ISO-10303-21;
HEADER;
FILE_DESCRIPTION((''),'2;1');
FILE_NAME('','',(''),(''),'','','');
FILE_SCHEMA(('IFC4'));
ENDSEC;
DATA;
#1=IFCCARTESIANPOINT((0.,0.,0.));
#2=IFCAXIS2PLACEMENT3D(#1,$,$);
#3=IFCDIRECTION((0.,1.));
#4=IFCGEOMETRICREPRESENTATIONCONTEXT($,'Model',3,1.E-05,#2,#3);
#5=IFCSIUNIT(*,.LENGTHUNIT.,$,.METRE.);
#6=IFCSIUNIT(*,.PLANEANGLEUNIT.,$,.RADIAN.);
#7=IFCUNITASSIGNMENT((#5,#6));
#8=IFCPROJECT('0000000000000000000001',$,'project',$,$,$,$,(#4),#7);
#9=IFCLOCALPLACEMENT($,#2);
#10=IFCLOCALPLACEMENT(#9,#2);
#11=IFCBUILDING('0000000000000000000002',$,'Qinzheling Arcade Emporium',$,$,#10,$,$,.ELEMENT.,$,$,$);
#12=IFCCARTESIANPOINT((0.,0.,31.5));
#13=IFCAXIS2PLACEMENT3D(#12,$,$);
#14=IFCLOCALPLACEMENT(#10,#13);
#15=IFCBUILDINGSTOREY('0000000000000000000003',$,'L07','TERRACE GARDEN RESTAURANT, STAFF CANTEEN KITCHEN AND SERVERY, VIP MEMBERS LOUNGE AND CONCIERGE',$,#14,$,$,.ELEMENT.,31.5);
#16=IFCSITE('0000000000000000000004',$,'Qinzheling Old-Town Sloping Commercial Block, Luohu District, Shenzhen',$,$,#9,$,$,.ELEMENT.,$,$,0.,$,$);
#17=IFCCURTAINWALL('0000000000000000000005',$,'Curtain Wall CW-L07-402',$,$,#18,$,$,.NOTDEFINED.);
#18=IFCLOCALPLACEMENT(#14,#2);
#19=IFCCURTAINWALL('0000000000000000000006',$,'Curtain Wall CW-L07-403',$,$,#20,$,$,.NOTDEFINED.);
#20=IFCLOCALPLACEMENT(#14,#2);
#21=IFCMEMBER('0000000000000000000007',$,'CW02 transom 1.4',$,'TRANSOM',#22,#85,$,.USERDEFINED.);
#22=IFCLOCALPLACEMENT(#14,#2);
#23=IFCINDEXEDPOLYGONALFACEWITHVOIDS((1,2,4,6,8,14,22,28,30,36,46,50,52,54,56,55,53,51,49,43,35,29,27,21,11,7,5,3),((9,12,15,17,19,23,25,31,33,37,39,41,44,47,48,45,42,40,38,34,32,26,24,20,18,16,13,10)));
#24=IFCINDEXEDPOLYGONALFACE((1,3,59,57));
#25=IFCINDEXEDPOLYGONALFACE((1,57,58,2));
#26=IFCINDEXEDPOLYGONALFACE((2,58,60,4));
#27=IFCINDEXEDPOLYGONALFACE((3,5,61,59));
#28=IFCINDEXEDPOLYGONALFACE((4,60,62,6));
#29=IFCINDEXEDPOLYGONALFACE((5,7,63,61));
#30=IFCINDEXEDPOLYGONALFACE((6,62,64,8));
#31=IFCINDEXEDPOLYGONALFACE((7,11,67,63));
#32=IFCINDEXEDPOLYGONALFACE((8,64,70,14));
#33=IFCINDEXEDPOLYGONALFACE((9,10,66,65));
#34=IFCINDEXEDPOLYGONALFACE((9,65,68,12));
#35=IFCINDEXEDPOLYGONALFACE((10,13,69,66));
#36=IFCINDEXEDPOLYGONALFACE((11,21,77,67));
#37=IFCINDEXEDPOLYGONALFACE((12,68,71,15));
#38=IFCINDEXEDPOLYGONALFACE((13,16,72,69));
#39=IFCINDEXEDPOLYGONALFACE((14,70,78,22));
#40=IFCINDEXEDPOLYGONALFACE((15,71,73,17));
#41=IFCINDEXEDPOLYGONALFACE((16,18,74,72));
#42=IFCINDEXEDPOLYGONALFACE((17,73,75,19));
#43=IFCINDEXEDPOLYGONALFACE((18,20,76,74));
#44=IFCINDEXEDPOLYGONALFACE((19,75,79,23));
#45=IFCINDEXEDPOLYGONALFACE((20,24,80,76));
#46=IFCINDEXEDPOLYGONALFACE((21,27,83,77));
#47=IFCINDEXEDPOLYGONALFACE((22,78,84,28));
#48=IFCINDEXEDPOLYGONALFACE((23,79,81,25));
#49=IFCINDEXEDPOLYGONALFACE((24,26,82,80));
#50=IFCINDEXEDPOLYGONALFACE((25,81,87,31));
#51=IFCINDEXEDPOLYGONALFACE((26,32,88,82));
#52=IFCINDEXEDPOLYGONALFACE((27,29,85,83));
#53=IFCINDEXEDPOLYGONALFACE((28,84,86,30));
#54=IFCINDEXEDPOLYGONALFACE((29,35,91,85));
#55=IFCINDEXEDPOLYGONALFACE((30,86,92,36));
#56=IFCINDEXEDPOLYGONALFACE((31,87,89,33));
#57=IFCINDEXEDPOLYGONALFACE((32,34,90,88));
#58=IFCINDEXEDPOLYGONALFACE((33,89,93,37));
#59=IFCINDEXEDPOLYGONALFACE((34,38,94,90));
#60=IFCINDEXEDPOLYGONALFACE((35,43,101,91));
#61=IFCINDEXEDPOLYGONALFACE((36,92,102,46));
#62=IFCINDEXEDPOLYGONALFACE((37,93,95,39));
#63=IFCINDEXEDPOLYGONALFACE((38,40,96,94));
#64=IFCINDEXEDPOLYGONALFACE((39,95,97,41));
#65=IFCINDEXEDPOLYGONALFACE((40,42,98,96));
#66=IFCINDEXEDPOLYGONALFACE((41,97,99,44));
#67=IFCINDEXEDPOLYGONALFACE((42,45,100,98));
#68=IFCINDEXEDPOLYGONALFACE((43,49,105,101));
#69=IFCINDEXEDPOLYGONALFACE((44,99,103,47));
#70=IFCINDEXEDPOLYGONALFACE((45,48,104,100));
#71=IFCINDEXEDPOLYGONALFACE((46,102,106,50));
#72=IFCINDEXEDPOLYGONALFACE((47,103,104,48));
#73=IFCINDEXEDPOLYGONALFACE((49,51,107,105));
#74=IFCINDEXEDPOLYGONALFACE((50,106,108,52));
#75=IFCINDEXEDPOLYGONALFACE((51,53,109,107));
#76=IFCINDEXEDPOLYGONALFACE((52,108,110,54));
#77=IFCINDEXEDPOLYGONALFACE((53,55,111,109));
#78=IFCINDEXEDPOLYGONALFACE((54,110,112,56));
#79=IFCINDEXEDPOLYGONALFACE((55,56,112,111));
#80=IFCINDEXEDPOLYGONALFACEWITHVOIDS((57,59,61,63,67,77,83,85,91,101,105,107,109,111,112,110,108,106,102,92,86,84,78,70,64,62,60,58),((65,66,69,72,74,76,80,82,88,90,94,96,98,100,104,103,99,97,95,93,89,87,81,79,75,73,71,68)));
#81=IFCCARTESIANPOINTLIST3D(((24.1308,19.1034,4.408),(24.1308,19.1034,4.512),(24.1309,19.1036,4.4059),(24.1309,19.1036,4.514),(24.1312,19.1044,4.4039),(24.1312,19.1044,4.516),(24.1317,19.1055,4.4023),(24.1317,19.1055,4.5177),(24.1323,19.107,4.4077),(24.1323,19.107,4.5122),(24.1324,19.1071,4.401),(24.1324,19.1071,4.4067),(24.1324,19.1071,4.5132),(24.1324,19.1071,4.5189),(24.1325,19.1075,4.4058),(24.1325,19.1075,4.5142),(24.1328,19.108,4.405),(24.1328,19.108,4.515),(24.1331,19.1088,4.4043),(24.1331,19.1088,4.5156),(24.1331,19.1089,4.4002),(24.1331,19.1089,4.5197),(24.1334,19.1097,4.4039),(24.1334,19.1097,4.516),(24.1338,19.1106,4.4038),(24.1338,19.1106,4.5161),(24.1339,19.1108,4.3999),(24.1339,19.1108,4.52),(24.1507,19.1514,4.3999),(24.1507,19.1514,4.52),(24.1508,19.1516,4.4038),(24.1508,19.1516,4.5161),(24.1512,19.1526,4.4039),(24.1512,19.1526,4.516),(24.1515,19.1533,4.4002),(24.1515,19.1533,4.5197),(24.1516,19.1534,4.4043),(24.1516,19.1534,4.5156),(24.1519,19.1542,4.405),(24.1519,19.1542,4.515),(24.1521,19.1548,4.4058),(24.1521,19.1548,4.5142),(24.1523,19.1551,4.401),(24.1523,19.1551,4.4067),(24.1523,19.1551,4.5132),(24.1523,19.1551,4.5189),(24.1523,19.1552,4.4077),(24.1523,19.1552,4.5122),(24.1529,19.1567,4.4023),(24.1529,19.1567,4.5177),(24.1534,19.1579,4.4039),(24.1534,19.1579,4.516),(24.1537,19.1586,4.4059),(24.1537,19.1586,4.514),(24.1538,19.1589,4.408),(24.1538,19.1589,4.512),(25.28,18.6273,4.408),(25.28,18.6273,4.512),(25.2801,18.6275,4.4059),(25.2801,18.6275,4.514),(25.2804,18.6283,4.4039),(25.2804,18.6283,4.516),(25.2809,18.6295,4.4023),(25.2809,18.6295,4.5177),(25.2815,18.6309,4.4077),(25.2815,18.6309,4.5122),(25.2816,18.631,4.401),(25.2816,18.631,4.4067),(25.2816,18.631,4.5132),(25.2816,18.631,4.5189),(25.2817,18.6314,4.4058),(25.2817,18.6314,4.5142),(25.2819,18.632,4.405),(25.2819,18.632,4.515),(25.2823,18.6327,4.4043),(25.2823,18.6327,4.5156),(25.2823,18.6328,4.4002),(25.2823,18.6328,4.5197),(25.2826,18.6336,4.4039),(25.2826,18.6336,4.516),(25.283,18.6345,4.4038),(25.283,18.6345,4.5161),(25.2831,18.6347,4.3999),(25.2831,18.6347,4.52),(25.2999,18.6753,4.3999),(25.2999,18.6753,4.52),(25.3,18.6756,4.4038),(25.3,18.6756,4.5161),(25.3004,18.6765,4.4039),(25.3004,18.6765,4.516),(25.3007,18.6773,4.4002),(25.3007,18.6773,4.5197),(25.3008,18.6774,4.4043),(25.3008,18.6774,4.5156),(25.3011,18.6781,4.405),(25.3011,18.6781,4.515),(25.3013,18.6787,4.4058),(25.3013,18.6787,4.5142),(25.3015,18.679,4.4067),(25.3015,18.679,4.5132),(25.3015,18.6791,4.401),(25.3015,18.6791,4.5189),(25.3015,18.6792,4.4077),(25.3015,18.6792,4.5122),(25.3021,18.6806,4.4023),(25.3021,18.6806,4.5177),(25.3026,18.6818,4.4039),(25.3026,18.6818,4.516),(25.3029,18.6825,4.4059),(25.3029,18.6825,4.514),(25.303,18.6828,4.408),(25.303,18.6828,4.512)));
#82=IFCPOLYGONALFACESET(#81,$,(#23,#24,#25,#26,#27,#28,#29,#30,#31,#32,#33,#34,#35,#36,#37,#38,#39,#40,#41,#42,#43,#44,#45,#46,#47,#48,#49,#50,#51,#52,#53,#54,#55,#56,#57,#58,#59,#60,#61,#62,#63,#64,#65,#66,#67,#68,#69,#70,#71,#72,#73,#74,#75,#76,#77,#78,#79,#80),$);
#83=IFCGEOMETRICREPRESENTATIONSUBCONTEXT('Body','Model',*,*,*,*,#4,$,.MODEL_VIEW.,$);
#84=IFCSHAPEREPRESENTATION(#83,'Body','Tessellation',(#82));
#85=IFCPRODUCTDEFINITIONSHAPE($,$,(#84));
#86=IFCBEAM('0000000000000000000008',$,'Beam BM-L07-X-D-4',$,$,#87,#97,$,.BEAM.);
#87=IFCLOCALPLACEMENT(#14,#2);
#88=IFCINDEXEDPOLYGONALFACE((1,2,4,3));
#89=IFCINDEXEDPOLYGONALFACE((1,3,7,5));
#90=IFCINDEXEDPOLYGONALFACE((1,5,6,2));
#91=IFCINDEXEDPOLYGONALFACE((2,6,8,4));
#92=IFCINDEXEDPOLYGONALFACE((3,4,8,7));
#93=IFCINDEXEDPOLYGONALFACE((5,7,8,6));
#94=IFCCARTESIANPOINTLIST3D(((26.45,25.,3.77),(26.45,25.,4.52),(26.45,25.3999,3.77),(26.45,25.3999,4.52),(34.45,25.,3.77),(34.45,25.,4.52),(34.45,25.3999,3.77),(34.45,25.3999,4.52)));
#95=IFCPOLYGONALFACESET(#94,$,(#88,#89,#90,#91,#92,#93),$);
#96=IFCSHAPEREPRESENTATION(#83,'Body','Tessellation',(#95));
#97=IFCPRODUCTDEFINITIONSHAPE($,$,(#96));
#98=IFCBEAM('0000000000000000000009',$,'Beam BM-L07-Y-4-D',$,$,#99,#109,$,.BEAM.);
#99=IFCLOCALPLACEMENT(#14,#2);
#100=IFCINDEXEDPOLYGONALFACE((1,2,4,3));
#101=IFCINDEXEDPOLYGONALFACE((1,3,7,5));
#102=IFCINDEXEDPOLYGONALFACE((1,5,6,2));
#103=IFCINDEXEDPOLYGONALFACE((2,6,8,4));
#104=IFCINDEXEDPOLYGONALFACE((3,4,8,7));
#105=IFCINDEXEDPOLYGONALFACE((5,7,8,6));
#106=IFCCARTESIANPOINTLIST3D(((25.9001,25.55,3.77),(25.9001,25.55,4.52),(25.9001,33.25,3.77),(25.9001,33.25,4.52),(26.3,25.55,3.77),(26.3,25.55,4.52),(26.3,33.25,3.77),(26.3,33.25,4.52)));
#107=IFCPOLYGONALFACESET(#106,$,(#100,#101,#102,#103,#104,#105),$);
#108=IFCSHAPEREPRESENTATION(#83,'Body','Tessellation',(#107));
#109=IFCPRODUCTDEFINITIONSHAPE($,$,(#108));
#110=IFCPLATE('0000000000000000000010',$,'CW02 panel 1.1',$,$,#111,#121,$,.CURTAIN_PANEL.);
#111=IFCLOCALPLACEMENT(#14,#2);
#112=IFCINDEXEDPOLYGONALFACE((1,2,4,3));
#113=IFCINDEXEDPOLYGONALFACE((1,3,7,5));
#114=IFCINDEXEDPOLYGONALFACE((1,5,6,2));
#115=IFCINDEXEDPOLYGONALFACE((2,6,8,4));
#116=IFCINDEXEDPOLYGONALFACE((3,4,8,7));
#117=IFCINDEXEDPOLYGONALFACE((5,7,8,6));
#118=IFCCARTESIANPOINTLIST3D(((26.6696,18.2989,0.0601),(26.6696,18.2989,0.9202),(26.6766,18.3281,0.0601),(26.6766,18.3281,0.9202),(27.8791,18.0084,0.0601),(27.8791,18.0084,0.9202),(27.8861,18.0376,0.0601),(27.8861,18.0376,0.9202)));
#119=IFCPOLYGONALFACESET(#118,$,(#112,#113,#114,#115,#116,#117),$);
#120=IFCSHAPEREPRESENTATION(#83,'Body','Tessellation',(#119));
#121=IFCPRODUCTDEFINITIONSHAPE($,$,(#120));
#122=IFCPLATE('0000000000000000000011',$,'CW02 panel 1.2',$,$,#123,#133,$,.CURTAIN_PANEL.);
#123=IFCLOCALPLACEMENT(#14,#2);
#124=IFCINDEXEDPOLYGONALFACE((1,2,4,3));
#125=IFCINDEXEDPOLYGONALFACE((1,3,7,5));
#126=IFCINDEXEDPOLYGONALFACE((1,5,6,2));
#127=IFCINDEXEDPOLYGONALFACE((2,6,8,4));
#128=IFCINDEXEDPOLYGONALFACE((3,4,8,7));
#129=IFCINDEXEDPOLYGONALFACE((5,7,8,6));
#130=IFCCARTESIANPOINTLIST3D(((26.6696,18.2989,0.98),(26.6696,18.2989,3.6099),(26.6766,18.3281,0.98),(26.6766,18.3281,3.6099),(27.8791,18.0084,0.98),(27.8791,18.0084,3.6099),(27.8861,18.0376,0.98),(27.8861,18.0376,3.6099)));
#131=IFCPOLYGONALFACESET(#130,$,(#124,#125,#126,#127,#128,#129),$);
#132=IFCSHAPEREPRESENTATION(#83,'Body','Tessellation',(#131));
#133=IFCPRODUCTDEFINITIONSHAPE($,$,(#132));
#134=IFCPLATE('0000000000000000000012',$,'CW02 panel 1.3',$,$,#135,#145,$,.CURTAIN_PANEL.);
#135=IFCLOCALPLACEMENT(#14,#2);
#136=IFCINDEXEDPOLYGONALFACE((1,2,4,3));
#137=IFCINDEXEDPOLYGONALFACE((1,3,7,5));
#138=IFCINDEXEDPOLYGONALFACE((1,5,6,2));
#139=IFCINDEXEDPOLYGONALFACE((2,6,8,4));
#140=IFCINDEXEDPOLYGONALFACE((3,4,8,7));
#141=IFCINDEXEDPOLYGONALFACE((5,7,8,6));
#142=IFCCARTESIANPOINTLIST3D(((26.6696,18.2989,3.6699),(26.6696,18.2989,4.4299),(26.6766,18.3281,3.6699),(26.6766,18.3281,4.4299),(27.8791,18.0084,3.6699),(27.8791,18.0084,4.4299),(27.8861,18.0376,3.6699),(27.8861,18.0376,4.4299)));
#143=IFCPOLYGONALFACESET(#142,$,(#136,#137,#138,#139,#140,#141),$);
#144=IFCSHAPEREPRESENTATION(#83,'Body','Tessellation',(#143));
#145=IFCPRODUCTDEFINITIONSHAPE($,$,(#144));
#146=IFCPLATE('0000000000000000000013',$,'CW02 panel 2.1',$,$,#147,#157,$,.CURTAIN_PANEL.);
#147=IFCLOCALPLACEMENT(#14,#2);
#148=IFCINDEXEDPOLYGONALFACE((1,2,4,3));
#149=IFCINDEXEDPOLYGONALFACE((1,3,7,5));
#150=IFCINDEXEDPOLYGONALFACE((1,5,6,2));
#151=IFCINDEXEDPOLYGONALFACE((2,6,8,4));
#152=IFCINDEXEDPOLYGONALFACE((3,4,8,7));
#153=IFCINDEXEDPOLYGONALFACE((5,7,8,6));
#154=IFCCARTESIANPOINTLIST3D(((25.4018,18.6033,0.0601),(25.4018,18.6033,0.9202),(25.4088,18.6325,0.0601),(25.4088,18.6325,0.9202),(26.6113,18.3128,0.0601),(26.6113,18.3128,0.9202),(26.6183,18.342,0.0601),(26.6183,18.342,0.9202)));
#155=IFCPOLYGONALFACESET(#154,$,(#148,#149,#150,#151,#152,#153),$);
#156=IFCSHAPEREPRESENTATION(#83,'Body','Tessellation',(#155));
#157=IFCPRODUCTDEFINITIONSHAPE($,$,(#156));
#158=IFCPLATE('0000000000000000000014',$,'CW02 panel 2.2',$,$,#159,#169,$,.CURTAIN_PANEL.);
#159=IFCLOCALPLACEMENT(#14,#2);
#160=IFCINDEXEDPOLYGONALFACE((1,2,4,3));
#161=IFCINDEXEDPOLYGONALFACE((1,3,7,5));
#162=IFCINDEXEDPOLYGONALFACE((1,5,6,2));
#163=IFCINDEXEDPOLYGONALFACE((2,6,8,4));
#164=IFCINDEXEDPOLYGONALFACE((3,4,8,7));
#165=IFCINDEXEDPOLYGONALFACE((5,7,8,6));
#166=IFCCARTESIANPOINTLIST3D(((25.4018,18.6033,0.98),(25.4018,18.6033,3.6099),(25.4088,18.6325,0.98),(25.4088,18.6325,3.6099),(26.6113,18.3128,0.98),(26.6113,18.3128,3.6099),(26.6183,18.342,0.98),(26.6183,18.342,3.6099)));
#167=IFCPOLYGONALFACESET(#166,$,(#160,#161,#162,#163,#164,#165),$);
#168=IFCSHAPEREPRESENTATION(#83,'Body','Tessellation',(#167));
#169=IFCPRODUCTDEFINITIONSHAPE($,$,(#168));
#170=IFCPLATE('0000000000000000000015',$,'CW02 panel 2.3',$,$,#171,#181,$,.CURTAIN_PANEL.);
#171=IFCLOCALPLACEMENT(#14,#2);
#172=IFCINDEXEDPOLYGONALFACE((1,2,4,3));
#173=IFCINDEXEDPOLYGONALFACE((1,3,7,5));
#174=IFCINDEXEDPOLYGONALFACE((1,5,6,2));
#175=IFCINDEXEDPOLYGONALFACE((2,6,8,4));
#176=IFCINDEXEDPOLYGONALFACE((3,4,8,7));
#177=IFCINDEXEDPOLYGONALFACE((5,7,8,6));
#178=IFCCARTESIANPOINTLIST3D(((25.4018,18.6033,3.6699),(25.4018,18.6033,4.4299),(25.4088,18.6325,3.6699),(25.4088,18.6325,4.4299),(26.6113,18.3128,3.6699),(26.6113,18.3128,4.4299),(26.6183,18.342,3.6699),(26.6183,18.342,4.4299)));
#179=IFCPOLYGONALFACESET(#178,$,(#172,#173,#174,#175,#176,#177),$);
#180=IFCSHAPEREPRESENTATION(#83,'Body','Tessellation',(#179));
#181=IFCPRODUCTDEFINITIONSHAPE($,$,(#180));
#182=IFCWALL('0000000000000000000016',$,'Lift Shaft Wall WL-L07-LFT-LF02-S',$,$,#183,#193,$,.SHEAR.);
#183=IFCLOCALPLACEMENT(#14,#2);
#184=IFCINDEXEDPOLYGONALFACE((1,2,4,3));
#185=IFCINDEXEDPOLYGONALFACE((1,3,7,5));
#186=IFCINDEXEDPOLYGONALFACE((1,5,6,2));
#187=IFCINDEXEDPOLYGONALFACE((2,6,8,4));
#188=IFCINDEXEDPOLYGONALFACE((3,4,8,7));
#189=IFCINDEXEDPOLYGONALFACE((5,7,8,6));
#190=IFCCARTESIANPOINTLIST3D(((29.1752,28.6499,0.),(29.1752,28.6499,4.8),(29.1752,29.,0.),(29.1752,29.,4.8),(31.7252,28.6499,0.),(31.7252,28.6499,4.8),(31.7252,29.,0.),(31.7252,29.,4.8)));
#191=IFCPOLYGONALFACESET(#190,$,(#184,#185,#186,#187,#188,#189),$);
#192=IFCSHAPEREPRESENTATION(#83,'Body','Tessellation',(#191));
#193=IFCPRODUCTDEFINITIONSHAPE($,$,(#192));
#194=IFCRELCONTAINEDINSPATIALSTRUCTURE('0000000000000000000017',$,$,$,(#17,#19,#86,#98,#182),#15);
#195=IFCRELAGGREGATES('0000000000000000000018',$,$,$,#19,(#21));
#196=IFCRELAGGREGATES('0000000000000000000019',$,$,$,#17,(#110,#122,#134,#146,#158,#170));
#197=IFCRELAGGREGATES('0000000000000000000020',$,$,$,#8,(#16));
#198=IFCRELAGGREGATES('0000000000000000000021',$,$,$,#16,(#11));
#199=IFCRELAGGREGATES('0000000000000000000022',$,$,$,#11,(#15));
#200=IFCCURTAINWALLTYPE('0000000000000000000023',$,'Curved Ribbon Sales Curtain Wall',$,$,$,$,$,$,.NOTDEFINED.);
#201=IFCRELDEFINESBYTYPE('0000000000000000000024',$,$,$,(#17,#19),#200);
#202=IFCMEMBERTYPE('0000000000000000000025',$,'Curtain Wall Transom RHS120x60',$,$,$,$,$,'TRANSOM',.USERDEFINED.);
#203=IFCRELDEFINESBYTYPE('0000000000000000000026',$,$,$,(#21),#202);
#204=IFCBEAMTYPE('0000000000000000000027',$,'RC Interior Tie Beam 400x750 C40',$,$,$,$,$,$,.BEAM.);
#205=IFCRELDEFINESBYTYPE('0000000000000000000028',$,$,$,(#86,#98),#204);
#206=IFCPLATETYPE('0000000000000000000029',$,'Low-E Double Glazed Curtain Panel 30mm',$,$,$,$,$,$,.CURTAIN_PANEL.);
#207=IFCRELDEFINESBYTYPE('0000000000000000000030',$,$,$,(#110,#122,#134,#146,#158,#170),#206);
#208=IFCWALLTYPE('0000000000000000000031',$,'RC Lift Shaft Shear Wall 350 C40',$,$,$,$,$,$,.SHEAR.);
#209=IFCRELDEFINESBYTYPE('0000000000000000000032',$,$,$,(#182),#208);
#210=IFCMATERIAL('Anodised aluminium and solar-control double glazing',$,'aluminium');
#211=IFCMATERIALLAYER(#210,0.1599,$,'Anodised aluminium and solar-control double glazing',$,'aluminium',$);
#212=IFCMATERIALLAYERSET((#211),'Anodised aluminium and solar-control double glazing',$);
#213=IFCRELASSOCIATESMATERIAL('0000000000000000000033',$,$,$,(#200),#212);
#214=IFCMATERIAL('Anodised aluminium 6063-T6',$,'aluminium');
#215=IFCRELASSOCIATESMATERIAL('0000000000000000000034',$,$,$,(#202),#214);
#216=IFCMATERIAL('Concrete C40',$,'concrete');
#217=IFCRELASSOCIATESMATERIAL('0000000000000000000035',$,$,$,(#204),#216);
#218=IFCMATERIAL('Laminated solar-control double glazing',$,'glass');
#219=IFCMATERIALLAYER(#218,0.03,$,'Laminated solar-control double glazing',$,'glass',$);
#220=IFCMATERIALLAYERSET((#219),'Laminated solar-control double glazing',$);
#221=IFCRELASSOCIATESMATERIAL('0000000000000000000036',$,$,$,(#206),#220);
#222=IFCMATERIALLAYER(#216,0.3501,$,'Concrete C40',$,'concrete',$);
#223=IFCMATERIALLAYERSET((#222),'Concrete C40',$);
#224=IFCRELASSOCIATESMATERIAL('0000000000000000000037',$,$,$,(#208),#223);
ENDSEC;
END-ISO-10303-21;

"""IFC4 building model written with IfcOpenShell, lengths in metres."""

from ifc_helpers import new_model, si_unit, direction, frame, frame_2d, origin, origin_2d, place, context, subcontext, project, spatial, rectangle, hollow_rectangle, extrude, material, layer, layer_set, material_profile, profile_set, type_object, element, aggregate, save


model = new_model("IFC4")

# Units and contexts
model_context = context("Model", 3, precision=1e-05, world=origin(), true_north=direction((0.0, 1.0)))
body_context = subcontext(model_context, "Body", "Model", "MODEL_VIEW")
ifc_project = project(units=[si_unit("LENGTHUNIT", "METRE"), si_unit("PLANEANGLEUNIT", "RADIAN")], contexts=[model_context])

# Site, building, storey
site_placement = place(None, origin())
site = spatial("IfcSite", under=ifc_project, at=site_placement, Name="Qinzheling Old-Town Sloping Commercial Block, Luohu District, Shenzhen", CompositionType="ELEMENT", RefElevation=0.0)
building_placement = place(site_placement, origin())
building = spatial("IfcBuilding", under=site, at=building_placement, Name="Qinzheling Arcade Emporium", CompositionType="ELEMENT")
storey_placement = place(building_placement, frame((0.0, 0.0, 31.5)))
storey = spatial("IfcBuildingStorey", under=building, at=storey_placement, Name="L07", Description="TERRACE GARDEN RESTAURANT, STAFF CANTEEN KITCHEN AND SERVERY, VIP MEMBERS LOUNGE AND CONCIERGE", CompositionType="ELEMENT", Elevation=31.5)

# Shared definitions
ifc_material_1 = material(Name="Concrete C40", Category="concrete")

# Curtain wall
ifc_material_2 = material(Name="Anodised aluminium and solar-control double glazing", Category="aluminium")
ifc_layer_1 = layer(ifc_material_2, 0.1599, Name="Anodised aluminium and solar-control double glazing", Category="aluminium")
ifc_layer_set_1 = layer_set([ifc_layer_1], Name="Anodised aluminium and solar-control double glazing")
curtain_wall_type = type_object("IfcCurtainWallType", Name="Curved Ribbon Sales Curtain Wall", PredefinedType="NOTDEFINED", material=ifc_layer_set_1)
curtain_wall_1_placement = place(storey_placement, origin())
curtain_wall_1 = element("IfcCurtainWall", 1, at=curtain_wall_1_placement, inside=storey, type_object=curtain_wall_type, Name="Curtain Wall CW-L07-402", PredefinedType="NOTDEFINED")
ifc_material_3 = material(Name="Anodised aluminium 6063-T6", Category="aluminium")

# Curtain wall
curtain_wall_2_placement = place(storey_placement, origin())
curtain_wall_2 = element("IfcCurtainWall", 2, at=curtain_wall_2_placement, inside=storey, type_object=curtain_wall_type, Name="Curtain Wall CW-L07-403", PredefinedType="NOTDEFINED")

# Member
ifc_material_profile_1 = material_profile(ifc_material_3, hollow_rectangle(XDim=0.0601, YDim=0.1201, WallThickness=0.0039, InnerFilletRadius=0.0039, OuterFilletRadius=0.0081, at=origin_2d()), Name="RHS 120x60x4", Category="aluminium")
ifc_profile_set_1 = profile_set([ifc_material_profile_1], Name="Anodised aluminium 6063-T6")
member_type_1 = type_object("IfcMemberType", Name="Curtain Wall Transom RHS120x60", ElementType="TRANSOM", PredefinedType="USERDEFINED", material=ifc_profile_set_1)
member_1_placement = place(storey_placement, frame((25.2915, 18.655, 4.46), z_axis=(-0.923859, 0.382733, 0.0), x_axis=(-0.382733, -0.923859, 0.0)))
member_1 = element("IfcMember", 3, at=member_1_placement, type_object=member_type_1, Name="CW02 transom 1.4", ObjectType="TRANSOM", PredefinedType="USERDEFINED", context=body_context, shape_type="SweptSolid", body=[
    extrude(hollow_rectangle(XDim=0.0601, YDim=0.1201, WallThickness=0.0039, InnerFilletRadius=0.0039, OuterFilletRadius=0.0081, at=origin_2d()), origin(), (0.0, 0.0, 1.0), 1.2439),
])
aggregate(curtain_wall_2, [member_1])

# Beams
ifc_material_profile_2 = material_profile(ifc_material_1, rectangle(XDim=0.3999, YDim=0.75, at=origin_2d()), Name="RC 400x750", Category="concrete")
ifc_profile_set_2 = profile_set([ifc_material_profile_2], Name="Concrete C40")
beam_type = type_object("IfcBeamType", Name="RC Interior Tie Beam 400x750 C40", PredefinedType="BEAM", material=ifc_profile_set_2)
beam_1_placement = place(storey_placement, frame((26.45, 25.2, 4.145), z_axis=(1.0, 0.0, 0.0), x_axis=(0.0, 1.0, 0.0)))
element("IfcBeam", 4, at=beam_1_placement, inside=storey, type_object=beam_type, Name="Beam BM-L07-X-D-4", PredefinedType="BEAM", context=body_context, shape_type="SweptSolid", body=[
    extrude(rectangle(XDim=0.3999, YDim=0.75, at=origin_2d()), origin(), (0.0, 0.0, 1.0), 8.0),
])
beam_2_placement = place(storey_placement, frame((26.1001, 25.55, 4.145), z_axis=(0.0, 1.0, 0.0), x_axis=(-1.0, 0.0, 0.0)))
element("IfcBeam", 5, at=beam_2_placement, inside=storey, type_object=beam_type, Name="Beam BM-L07-Y-4-D", PredefinedType="BEAM", context=body_context, shape_type="SweptSolid", body=[
    extrude(rectangle(XDim=0.3999, YDim=0.75, at=origin_2d()), origin(), (0.0, 0.0, 1.0), 7.7),
])

# Plates
ifc_material_4 = material(Name="Laminated solar-control double glazing", Category="glass")
ifc_layer_2 = layer(ifc_material_4, 0.03, Name="Laminated solar-control double glazing", Category="glass")
ifc_layer_set_2 = layer_set([ifc_layer_2], Name="Laminated solar-control double glazing")
plate_type = type_object("IfcPlateType", Name="Low-E Double Glazed Curtain Panel 30mm", PredefinedType="CURTAIN_PANEL", material=ifc_layer_set_2)
plate_1_placement = place(storey_placement, frame((27.2778, 18.1682, 0.0601), z_axis=(0.0, 0.0, 1.0), x_axis=(-0.97235, 0.233529, 0.0)))
plate_1 = element("IfcPlate", 6, at=plate_1_placement, type_object=plate_type, Name="CW02 panel 1.1", PredefinedType="CURTAIN_PANEL", context=body_context, shape_type="SweptSolid", body=[
    extrude(rectangle(XDim=1.2439, YDim=0.03, at=origin_2d()), origin(), (0.0, 0.0, 1.0), 0.8601),
])
plate_2_placement = place(storey_placement, frame((27.2778, 18.1682, 0.98), z_axis=(0.0, 0.0, 1.0), x_axis=(-0.97235, 0.233529, 0.0)))
plate_2 = element("IfcPlate", 7, at=plate_2_placement, type_object=plate_type, Name="CW02 panel 1.2", PredefinedType="CURTAIN_PANEL", context=body_context, shape_type="SweptSolid", body=[
    extrude(rectangle(XDim=1.2439, YDim=0.03, at=origin_2d()), origin(), (0.0, 0.0, 1.0), 2.6299),
])
plate_3_placement = place(storey_placement, frame((27.2778, 18.1682, 3.6699), z_axis=(0.0, 0.0, 1.0), x_axis=(-0.97235, 0.233529, 0.0)))
plate_3 = element("IfcPlate", 8, at=plate_3_placement, type_object=plate_type, Name="CW02 panel 1.3", PredefinedType="CURTAIN_PANEL", context=body_context, shape_type="SweptSolid", body=[
    extrude(rectangle(XDim=1.2439, YDim=0.03, at=origin_2d()), origin(), (0.0, 0.0, 1.0), 0.76),
])
plate_4_placement = place(storey_placement, frame((26.01, 18.4727, 0.0601), z_axis=(0.0, 0.0, 1.0), x_axis=(-0.97235, 0.233529, 0.0)))
plate_4 = element("IfcPlate", 9, at=plate_4_placement, type_object=plate_type, Name="CW02 panel 2.1", PredefinedType="CURTAIN_PANEL", context=body_context, shape_type="SweptSolid", body=[
    extrude(rectangle(XDim=1.2439, YDim=0.03, at=origin_2d()), origin(), (0.0, 0.0, 1.0), 0.8601),
])
plate_5_placement = place(storey_placement, frame((26.01, 18.4727, 0.98), z_axis=(0.0, 0.0, 1.0), x_axis=(-0.97235, 0.233529, 0.0)))
plate_5 = element("IfcPlate", 10, at=plate_5_placement, type_object=plate_type, Name="CW02 panel 2.2", PredefinedType="CURTAIN_PANEL", context=body_context, shape_type="SweptSolid", body=[
    extrude(rectangle(XDim=1.2439, YDim=0.03, at=origin_2d()), origin(), (0.0, 0.0, 1.0), 2.6299),
])
plate_6_placement = place(storey_placement, frame((26.01, 18.4727, 3.6699), z_axis=(0.0, 0.0, 1.0), x_axis=(-0.97235, 0.233529, 0.0)))
plate_6 = element("IfcPlate", 11, at=plate_6_placement, type_object=plate_type, Name="CW02 panel 2.3", PredefinedType="CURTAIN_PANEL", context=body_context, shape_type="SweptSolid", body=[
    extrude(rectangle(XDim=1.2439, YDim=0.03, at=origin_2d()), origin(), (0.0, 0.0, 1.0), 0.76),
])
aggregate(curtain_wall_1, [plate_1, plate_2, plate_3, plate_4, plate_5, plate_6])

# Wall
ifc_layer_3 = layer(ifc_material_1, 0.3501, Name="Concrete C40", Category="concrete")
ifc_layer_set_3 = layer_set([ifc_layer_3], Name="Concrete C40")
wall_type = type_object("IfcWallType", Name="RC Lift Shaft Shear Wall 350 C40", PredefinedType="SHEAR", material=ifc_layer_set_3)
wall_1_placement = place(storey_placement, frame((31.7251, 28.825, 0.0), z_axis=(0.0, 0.0, 1.0), x_axis=(-1.0, 0.0, 0.0)))
element("IfcWall", 12, at=wall_1_placement, inside=storey, type_object=wall_type, Name="Lift Shaft Wall WL-L07-LFT-LF02-S", PredefinedType="SHEAR", context=body_context, shape_type="SweptSolid", body=[
    extrude(rectangle(XDim=2.55, YDim=0.3501, at=frame_2d((1.2749, 0.0))), origin(), (0.0, 0.0, 1.0), 4.8),
])

save(model, "model.ifc")
